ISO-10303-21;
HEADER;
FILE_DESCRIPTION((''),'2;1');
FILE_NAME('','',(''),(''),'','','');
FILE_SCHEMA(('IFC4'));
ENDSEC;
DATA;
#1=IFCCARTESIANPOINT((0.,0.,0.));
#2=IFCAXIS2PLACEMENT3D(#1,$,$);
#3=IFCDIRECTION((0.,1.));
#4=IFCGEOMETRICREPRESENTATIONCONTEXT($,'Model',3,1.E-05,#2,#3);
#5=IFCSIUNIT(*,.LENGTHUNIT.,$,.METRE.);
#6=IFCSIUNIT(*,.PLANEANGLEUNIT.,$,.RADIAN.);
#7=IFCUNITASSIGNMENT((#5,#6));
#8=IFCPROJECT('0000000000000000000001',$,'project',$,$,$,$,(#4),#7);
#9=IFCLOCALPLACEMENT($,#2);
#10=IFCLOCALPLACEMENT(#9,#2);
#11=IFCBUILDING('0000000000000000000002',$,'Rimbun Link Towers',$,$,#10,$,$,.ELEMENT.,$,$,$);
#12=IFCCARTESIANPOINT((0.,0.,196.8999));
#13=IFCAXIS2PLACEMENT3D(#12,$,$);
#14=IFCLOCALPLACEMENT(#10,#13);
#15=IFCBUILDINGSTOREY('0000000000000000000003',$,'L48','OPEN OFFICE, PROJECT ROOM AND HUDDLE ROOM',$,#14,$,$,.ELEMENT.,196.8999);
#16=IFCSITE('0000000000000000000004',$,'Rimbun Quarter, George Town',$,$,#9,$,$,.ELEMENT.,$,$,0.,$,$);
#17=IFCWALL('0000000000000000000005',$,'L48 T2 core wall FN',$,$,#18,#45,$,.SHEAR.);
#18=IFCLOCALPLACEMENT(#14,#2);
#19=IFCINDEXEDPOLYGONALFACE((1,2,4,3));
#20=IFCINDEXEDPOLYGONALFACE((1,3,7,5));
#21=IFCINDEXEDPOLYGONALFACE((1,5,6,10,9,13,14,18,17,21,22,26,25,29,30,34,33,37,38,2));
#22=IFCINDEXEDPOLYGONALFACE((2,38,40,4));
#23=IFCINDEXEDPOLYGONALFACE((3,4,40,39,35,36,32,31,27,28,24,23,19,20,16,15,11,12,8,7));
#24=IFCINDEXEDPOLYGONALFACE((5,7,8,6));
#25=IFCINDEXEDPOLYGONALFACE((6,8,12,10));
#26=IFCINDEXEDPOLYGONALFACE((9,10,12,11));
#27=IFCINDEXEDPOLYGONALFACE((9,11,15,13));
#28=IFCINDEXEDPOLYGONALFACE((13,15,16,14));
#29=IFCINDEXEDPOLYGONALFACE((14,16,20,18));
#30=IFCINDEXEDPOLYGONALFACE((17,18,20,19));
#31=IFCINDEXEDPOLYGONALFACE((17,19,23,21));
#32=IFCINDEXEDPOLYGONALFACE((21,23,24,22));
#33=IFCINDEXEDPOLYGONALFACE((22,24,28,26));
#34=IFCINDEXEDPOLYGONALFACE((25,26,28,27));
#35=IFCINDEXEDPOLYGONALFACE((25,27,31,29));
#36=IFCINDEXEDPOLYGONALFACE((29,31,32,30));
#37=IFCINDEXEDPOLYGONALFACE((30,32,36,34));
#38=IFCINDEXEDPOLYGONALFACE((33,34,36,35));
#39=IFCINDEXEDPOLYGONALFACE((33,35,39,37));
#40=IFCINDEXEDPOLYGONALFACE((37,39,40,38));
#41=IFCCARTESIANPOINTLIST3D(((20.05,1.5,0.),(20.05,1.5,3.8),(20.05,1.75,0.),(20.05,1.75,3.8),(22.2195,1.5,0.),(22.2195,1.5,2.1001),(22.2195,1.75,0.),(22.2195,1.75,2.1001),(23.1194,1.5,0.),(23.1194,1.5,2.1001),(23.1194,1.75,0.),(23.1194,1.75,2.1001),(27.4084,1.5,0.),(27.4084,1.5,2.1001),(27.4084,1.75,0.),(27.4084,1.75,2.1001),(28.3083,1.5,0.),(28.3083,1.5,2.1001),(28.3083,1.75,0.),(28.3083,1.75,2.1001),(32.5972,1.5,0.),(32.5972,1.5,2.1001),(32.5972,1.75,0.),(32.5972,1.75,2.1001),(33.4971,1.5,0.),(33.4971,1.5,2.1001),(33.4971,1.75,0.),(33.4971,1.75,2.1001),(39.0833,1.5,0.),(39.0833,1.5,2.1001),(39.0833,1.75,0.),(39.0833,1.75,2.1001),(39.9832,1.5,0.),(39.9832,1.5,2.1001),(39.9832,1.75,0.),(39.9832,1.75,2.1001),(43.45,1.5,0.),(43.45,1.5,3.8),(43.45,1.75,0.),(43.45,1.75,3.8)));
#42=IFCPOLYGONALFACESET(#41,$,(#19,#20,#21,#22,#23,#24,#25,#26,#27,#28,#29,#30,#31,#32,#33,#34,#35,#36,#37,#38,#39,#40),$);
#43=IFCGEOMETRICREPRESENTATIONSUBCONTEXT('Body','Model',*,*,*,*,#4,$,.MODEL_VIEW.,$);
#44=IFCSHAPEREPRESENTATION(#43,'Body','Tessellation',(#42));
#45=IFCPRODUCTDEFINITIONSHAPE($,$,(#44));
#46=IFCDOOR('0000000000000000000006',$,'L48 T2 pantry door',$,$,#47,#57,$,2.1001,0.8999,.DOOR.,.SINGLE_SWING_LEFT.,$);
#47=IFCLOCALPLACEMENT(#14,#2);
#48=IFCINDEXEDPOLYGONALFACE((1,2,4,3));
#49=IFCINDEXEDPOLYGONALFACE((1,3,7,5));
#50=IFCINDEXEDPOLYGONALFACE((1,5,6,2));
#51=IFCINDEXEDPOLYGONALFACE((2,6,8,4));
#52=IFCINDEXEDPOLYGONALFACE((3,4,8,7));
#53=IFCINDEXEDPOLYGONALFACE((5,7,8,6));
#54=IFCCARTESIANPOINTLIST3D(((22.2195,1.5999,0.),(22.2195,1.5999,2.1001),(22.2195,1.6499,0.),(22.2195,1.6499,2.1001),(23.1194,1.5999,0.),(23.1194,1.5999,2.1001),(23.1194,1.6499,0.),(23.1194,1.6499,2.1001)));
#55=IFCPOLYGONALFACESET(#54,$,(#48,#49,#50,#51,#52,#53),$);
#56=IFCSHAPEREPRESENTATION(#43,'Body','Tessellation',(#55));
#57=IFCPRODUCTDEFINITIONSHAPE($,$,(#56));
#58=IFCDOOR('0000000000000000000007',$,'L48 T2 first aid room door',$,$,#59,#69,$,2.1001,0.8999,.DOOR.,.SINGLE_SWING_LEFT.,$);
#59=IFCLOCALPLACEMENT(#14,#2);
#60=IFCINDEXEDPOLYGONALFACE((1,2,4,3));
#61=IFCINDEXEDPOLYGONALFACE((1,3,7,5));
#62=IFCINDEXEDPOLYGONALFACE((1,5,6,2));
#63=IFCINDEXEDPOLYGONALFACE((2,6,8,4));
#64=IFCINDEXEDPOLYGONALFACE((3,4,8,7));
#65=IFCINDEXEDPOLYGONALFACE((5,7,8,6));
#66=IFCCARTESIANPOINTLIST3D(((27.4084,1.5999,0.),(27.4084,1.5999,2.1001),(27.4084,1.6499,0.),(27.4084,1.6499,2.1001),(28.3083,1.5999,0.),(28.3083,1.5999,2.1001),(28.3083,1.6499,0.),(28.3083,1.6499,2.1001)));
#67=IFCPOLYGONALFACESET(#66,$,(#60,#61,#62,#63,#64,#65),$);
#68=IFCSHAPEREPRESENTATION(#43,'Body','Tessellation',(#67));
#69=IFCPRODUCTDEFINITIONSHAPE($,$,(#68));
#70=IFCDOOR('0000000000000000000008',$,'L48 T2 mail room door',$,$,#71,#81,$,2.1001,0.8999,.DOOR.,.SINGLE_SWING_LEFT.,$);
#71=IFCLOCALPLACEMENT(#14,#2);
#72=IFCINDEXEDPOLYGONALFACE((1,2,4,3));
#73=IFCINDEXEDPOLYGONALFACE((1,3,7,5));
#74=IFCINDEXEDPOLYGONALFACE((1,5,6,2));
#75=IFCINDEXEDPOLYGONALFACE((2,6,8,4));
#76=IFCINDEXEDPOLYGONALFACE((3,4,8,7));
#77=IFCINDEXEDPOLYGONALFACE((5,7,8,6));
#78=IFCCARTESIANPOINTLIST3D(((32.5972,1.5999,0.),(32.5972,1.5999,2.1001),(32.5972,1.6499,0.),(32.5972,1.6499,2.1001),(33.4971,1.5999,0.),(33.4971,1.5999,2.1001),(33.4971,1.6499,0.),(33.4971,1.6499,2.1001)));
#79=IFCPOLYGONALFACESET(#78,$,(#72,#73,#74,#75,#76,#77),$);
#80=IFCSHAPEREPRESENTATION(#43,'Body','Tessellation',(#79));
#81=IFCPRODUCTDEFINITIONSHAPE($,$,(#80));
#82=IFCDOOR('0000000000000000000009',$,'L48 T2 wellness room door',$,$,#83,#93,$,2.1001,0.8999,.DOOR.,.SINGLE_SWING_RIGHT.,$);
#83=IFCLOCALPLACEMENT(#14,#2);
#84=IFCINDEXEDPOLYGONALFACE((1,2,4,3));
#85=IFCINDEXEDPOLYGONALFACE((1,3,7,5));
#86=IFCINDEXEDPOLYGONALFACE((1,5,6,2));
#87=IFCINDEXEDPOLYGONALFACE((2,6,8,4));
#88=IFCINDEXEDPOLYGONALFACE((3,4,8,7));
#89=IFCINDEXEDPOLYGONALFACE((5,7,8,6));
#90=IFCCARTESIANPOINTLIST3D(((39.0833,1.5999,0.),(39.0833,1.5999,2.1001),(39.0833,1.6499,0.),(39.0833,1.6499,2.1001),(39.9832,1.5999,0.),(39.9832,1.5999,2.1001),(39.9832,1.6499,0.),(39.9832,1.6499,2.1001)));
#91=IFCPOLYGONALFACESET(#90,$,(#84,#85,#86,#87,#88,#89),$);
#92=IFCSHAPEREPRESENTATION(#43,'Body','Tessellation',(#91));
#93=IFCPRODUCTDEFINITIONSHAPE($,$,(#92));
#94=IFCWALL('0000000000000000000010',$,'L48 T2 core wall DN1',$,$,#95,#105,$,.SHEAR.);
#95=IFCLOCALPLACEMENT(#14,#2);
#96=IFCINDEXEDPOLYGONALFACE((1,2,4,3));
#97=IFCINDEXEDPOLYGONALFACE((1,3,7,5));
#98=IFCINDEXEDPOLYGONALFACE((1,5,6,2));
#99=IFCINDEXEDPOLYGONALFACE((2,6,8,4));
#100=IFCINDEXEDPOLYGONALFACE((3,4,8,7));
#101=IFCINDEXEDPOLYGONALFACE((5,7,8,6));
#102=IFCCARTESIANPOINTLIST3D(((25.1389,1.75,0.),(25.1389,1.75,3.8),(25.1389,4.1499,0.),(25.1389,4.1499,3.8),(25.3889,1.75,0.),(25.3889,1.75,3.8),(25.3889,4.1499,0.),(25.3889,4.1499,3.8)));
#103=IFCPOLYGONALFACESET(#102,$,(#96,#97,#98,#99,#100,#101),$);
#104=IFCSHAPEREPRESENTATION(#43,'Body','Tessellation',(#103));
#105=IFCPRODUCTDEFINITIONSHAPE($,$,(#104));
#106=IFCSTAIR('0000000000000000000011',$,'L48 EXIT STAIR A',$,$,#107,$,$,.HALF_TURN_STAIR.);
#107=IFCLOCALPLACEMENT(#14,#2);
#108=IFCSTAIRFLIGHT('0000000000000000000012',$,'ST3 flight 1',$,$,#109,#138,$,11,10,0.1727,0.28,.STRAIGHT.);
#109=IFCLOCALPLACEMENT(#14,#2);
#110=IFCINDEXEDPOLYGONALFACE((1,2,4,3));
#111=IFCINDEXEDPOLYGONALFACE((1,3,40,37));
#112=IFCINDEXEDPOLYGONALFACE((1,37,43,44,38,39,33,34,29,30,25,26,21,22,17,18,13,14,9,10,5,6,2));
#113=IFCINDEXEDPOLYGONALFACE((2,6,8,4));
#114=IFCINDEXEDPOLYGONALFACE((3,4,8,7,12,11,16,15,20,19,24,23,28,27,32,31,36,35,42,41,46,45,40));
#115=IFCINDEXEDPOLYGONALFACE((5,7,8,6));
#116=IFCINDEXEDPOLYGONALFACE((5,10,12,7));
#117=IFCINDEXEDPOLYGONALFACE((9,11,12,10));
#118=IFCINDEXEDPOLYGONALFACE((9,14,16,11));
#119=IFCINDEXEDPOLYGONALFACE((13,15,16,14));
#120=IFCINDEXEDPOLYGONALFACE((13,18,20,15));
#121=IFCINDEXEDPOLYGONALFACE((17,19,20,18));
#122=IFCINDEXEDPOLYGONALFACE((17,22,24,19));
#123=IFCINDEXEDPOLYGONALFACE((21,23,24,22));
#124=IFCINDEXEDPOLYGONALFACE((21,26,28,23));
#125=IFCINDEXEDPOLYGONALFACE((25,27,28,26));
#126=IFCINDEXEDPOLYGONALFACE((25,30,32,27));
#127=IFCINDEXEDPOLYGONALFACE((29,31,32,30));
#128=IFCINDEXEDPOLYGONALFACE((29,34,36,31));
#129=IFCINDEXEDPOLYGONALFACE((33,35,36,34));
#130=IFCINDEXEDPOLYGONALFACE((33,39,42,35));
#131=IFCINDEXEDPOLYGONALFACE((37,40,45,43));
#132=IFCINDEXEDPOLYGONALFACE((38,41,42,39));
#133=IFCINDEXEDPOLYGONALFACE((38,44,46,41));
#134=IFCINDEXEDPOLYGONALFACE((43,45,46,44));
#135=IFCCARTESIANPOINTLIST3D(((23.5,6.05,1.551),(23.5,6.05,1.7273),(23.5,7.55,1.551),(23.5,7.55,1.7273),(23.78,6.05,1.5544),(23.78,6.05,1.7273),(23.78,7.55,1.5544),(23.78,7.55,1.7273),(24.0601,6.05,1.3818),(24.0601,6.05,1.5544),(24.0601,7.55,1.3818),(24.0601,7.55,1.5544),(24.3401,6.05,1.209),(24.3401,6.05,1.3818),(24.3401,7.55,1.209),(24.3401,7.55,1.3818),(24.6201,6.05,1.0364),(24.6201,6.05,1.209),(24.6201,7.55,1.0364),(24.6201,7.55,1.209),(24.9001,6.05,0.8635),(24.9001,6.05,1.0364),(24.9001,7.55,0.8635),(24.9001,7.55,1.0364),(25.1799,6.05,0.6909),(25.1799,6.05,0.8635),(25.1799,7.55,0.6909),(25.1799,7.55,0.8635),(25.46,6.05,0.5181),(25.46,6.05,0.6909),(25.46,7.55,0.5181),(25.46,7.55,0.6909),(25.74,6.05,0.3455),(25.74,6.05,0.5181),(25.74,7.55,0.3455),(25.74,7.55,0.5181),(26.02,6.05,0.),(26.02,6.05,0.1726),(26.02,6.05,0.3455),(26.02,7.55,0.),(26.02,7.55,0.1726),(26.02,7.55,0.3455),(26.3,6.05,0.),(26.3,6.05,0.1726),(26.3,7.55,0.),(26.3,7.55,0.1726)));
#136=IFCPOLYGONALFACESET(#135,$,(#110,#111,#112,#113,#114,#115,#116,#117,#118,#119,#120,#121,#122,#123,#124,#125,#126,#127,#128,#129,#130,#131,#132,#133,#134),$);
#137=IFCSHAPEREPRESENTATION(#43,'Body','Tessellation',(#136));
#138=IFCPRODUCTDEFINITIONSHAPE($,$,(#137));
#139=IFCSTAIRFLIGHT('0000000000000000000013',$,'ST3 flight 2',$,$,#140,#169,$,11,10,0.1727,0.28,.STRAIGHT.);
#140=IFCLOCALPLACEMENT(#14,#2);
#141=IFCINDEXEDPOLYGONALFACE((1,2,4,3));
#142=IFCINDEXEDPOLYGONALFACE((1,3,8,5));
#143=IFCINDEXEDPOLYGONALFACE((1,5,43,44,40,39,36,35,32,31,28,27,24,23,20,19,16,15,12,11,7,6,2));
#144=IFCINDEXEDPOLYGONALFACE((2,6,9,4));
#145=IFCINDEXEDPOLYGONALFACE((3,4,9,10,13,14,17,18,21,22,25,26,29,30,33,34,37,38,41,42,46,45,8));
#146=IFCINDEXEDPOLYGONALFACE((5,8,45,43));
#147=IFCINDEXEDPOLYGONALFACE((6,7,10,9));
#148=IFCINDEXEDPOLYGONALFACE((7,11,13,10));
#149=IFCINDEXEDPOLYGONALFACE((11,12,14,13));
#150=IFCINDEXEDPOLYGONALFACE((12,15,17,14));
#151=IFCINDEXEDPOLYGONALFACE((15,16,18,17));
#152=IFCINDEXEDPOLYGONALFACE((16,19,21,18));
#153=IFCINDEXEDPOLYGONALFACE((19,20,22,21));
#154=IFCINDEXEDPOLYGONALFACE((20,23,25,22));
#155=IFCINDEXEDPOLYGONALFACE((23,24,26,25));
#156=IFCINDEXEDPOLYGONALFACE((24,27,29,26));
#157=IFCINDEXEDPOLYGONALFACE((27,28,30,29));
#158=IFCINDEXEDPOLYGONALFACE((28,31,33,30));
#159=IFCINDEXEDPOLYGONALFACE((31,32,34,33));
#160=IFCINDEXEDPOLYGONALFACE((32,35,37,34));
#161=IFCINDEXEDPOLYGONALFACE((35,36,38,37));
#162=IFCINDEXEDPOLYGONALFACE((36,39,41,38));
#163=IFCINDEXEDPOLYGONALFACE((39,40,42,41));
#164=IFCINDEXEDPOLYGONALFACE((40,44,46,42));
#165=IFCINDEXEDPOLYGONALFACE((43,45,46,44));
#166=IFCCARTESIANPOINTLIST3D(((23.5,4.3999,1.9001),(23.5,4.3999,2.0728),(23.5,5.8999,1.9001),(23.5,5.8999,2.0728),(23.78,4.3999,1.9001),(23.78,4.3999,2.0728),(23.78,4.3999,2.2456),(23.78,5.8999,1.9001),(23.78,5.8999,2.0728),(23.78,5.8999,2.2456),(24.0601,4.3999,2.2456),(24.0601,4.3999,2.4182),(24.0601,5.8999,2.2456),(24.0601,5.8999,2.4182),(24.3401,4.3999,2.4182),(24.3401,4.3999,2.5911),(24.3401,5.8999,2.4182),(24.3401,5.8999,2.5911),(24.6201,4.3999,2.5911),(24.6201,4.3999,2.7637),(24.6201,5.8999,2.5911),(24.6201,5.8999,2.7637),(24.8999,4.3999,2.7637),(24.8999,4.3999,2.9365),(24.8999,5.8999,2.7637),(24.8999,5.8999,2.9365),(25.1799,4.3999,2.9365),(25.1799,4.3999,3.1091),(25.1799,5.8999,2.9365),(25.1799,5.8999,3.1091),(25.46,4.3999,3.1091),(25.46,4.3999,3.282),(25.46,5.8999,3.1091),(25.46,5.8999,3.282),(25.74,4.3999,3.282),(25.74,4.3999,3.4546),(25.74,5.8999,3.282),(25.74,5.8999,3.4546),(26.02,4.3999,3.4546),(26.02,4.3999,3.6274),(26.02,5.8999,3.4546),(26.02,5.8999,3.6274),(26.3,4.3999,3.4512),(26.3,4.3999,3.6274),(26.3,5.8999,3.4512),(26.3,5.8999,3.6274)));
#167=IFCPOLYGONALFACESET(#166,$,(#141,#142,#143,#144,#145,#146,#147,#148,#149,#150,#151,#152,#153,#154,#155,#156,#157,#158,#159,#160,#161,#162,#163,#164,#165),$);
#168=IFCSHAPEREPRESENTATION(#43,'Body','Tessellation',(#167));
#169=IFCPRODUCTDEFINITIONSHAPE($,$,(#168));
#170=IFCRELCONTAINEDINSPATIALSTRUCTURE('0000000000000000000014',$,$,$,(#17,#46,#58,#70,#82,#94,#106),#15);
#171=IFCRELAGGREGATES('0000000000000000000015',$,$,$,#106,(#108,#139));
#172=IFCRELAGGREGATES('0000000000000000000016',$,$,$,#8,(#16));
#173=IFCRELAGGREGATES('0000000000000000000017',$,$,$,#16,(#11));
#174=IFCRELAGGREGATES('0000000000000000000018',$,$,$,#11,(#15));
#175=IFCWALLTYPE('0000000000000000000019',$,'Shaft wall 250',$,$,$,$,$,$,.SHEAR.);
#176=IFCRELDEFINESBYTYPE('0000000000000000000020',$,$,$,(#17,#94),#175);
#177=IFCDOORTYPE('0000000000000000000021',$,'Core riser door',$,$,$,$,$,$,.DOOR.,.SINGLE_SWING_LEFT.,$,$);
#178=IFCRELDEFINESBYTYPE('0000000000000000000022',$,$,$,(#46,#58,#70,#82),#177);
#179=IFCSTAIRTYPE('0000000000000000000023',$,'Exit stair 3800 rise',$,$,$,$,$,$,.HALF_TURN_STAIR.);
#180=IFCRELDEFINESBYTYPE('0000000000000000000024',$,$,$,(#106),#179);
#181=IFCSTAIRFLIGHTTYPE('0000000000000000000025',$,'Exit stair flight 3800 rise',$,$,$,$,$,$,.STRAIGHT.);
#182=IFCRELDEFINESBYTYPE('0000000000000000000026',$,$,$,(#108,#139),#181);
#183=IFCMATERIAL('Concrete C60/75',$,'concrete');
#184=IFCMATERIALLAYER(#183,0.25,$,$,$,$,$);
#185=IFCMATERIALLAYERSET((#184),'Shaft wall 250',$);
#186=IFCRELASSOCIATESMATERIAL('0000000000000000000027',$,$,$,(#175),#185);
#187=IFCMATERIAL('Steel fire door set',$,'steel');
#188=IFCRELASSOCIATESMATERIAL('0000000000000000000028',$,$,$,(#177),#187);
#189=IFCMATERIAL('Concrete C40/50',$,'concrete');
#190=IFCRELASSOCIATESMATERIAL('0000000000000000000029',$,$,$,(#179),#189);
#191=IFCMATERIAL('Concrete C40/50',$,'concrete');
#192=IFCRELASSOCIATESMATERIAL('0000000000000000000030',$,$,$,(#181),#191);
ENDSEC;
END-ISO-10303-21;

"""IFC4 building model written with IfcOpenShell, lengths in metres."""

from ifc_helpers import new_model, si_unit, direction, frame, frame_2d, origin, place, context, subcontext, project, spatial, polyline, rectangle, outline, extrude, material, layer, layer_set, type_object, element, fill, aggregate, save


model = new_model("IFC4")

# Units and contexts
model_context = context("Model", 3, precision=1e-05, world=origin(), true_north=direction((0.0, 1.0)))
body_context = subcontext(model_context, "Body", "Model", "MODEL_VIEW")
ifc_project = project(units=[si_unit("LENGTHUNIT", "METRE"), si_unit("PLANEANGLEUNIT", "RADIAN")], contexts=[model_context])

# Site, building, storey
site_placement = place(None, origin())
site = spatial("IfcSite", under=ifc_project, at=site_placement, Name="Rimbun Quarter, George Town", CompositionType="ELEMENT", RefElevation=0.0)
building_placement = place(site_placement, origin())
building = spatial("IfcBuilding", under=site, at=building_placement, Name="Rimbun Link Towers", CompositionType="ELEMENT")
storey_placement = place(building_placement, frame((0.0, 0.0, 196.8999)))
storey = spatial("IfcBuildingStorey", under=building, at=storey_placement, Name="L48", Description="OPEN OFFICE, PROJECT ROOM AND HUDDLE ROOM", CompositionType="ELEMENT", Elevation=196.8999)

# Shared definitions
ifc_material_1 = material(Name="Concrete C60/75", Category="concrete")
ifc_layer_1 = layer(ifc_material_1, 0.25)
ifc_layer_set_1 = layer_set([ifc_layer_1], Name="Shaft wall 250")
wall_type_1 = type_object("IfcWallType", Name="Shaft wall 250", PredefinedType="SHEAR", material=ifc_layer_set_1)

# Wall, openings, doors
wall_1_placement = place(storey_placement, frame((20.05, 1.625, 0.0), z_axis=(0.0, 0.0, 1.0), x_axis=(1.0, 0.0, 0.0)))
wall_1 = element("IfcWall", 1, at=wall_1_placement, inside=storey, type_object=wall_type_1, Name="L48 T2 core wall FN", PredefinedType="SHEAR", context=body_context, shape_type="SweptSolid", body=[
    extrude(rectangle(XDim=23.3999, YDim=0.25, at=frame_2d((11.7, 0.0))), origin(), (0.0, 0.0, 1.0), 3.8),
])
opening_1_placement = place(wall_1_placement, frame((2.1694, 0.0, 0.0)))
opening_1 = element("IfcOpeningElement", 2, at=opening_1_placement, cuts=wall_1, PredefinedType="OPENING", context=body_context, shape_type="SweptSolid", body=[
    extrude(rectangle(XDim=0.8999, YDim=2.1001, at=frame_2d((0.45, 1.05))), frame((0.0, 0.135, 0.0), z_axis=(0.0, -1.0, 0.0), x_axis=(1.0, 0.0, 0.0)), (0.0, 0.0, 1.0), 0.27),
])
opening_2_placement = place(wall_1_placement, frame((7.3584, 0.0, 0.0)))
opening_2 = element("IfcOpeningElement", 3, at=opening_2_placement, cuts=wall_1, PredefinedType="OPENING", context=body_context, shape_type="SweptSolid", body=[
    extrude(rectangle(XDim=0.8999, YDim=2.1001, at=frame_2d((0.45, 1.05))), frame((0.0, 0.135, 0.0), z_axis=(0.0, -1.0, 0.0), x_axis=(1.0, 0.0, 0.0)), (0.0, 0.0, 1.0), 0.27),
])
opening_3_placement = place(wall_1_placement, frame((12.5471, 0.0, 0.0)))
opening_3 = element("IfcOpeningElement", 4, at=opening_3_placement, cuts=wall_1, PredefinedType="OPENING", context=body_context, shape_type="SweptSolid", body=[
    extrude(rectangle(XDim=0.8999, YDim=2.1001, at=frame_2d((0.45, 1.05))), frame((0.0, 0.135, 0.0), z_axis=(0.0, -1.0, 0.0), x_axis=(1.0, 0.0, 0.0)), (0.0, 0.0, 1.0), 0.27),
])
opening_4_placement = place(wall_1_placement, frame((19.0332, 0.0, 0.0)))
opening_4 = element("IfcOpeningElement", 5, at=opening_4_placement, cuts=wall_1, PredefinedType="OPENING", context=body_context, shape_type="SweptSolid", body=[
    extrude(rectangle(XDim=0.8999, YDim=2.1001, at=frame_2d((0.45, 1.05))), frame((0.0, 0.135, 0.0), z_axis=(0.0, -1.0, 0.0), x_axis=(1.0, 0.0, 0.0)), (0.0, 0.0, 1.0), 0.27),
])
ifc_material_2 = material(Name="Steel fire door set", Category="steel")
door_type_1 = type_object("IfcDoorType", Name="Core riser door", OperationType="SINGLE_SWING_LEFT", PredefinedType="DOOR", material=ifc_material_2)
door_1_placement = place(opening_1_placement, origin())
door_1 = element("IfcDoor", 6, at=door_1_placement, inside=storey, type_object=door_type_1, Name="L48 T2 pantry door", OperationType="SINGLE_SWING_LEFT", OverallHeight=2.1001, OverallWidth=0.8999, PredefinedType="DOOR", context=body_context, shape_type="SweptSolid", body=[
    extrude(rectangle(XDim=0.8999, YDim=2.1001, at=frame_2d((0.45, 1.05))), frame((0.0, 0.0249, 0.0), z_axis=(0.0, -1.0, 0.0), x_axis=(1.0, 0.0, 0.0)), (0.0, 0.0, 1.0), 0.05),
])
fill(opening_1, door_1)
door_2_placement = place(opening_2_placement, origin())
door_2 = element("IfcDoor", 7, at=door_2_placement, inside=storey, type_object=door_type_1, Name="L48 T2 first aid room door", OperationType="SINGLE_SWING_LEFT", OverallHeight=2.1001, OverallWidth=0.8999, PredefinedType="DOOR", context=body_context, shape_type="SweptSolid", body=[
    extrude(rectangle(XDim=0.8999, YDim=2.1001, at=frame_2d((0.45, 1.05))), frame((0.0, 0.0249, 0.0), z_axis=(0.0, -1.0, 0.0), x_axis=(1.0, 0.0, 0.0)), (0.0, 0.0, 1.0), 0.05),
])
fill(opening_2, door_2)
door_3_placement = place(opening_3_placement, origin())
door_3 = element("IfcDoor", 8, at=door_3_placement, inside=storey, type_object=door_type_1, Name="L48 T2 mail room door", OperationType="SINGLE_SWING_LEFT", OverallHeight=2.1001, OverallWidth=0.8999, PredefinedType="DOOR", context=body_context, shape_type="SweptSolid", body=[
    extrude(rectangle(XDim=0.8999, YDim=2.1001, at=frame_2d((0.45, 1.05))), frame((0.0, 0.0249, 0.0), z_axis=(0.0, -1.0, 0.0), x_axis=(1.0, 0.0, 0.0)), (0.0, 0.0, 1.0), 0.05),
])
fill(opening_3, door_3)
door_4_placement = place(opening_4_placement, origin())
door_4 = element("IfcDoor", 9, at=door_4_placement, inside=storey, type_object=door_type_1, Name="L48 T2 wellness room door", OperationType="SINGLE_SWING_RIGHT", OverallHeight=2.1001, OverallWidth=0.8999, PredefinedType="DOOR", context=body_context, shape_type="SweptSolid", body=[
    extrude(rectangle(XDim=0.8999, YDim=2.1001, at=frame_2d((0.45, 1.05))), frame((0.0, 0.0249, 0.0), z_axis=(0.0, -1.0, 0.0), x_axis=(1.0, 0.0, 0.0)), (0.0, 0.0, 1.0), 0.05),
])
fill(opening_4, door_4)

# Wall
wall_2_placement = place(storey_placement, frame((25.2639, 1.75, 0.0), z_axis=(0.0, 0.0, 1.0), x_axis=(0.0, 1.0, 0.0)))
element("IfcWall", 10, at=wall_2_placement, inside=storey, type_object=wall_type_1, Name="L48 T2 core wall DN1", PredefinedType="SHEAR", context=body_context, shape_type="SweptSolid", body=[
    extrude(rectangle(XDim=2.3999, YDim=0.25, at=frame_2d((1.2, 0.0))), origin(), (0.0, 0.0, 1.0), 3.8),
])

# Stair, stair flights
ifc_material_3 = material(Name="Concrete C40/50", Category="concrete")
stair_type = type_object("IfcStairType", Name="Exit stair 3800 rise", PredefinedType="HALF_TURN_STAIR", material=ifc_material_3)
stair_placement = place(storey_placement, origin())
stair = element("IfcStair", 11, at=stair_placement, inside=storey, type_object=stair_type, Name="L48 EXIT STAIR A", PredefinedType="HALF_TURN_STAIR")
ifc_material_4 = material(Name="Concrete C40/50", Category="concrete")
stair_flight_type = type_object("IfcStairFlightType", Name="Exit stair flight 3800 rise", PredefinedType="STRAIGHT", material=ifc_material_4)
stair_flight_1_placement = place(storey_placement, frame((26.3, 6.8, 0.0), z_axis=(0.0, 0.0, 1.0), x_axis=(-1.0, 0.0, 0.0)))
stair_flight_1 = element("IfcStairFlight", 12, at=stair_flight_1_placement, type_object=stair_flight_type, Name="ST3 flight 1", NumberOfRisers=11, NumberOfTreads=10, PredefinedType="STRAIGHT", RiserHeight=0.1727, TreadLength=0.28, context=body_context, shape_type="SweptSolid", body=[
    extrude(outline(polyline([(0.0, 0.0), (0.0, 0.1726), (0.28, 0.1726), (0.28, 0.3455), (0.5601, 0.3455), (0.5601, 0.5181), (0.8401, 0.5181), (0.8401, 0.6909), (1.1201, 0.6909), (1.1201, 0.8635), (1.3999, 0.8635), (1.3999, 1.0364), (1.6799, 1.0364), (1.6799, 1.209), (1.96, 1.209), (1.96, 1.3818), (2.24, 1.3818), (2.24, 1.5544), (2.52, 1.5544), (2.52, 1.7273), (2.8, 1.7273), (2.8, 1.8999), (2.8, 1.551), (0.28, 0.0), (0.0, 0.0)])), frame((0.0, 0.75, 0.0), z_axis=(0.0, -1.0, 0.0), x_axis=(1.0, 0.0, 0.0)), (0.0, 0.0, 1.0), 1.5),
])
stair_flight_2_placement = place(storey_placement, frame((23.5, 5.1499, 1.9001), z_axis=(0.0, 0.0, 1.0), x_axis=(1.0, 0.0, 0.0)))
stair_flight_2 = element("IfcStairFlight", 13, at=stair_flight_2_placement, type_object=stair_flight_type, Name="ST3 flight 2", NumberOfRisers=11, NumberOfTreads=10, PredefinedType="STRAIGHT", RiserHeight=0.1727, TreadLength=0.28, context=body_context, shape_type="SweptSolid", body=[
    extrude(outline(polyline([(0.0, 0.0), (0.0, 0.1726), (0.28, 0.1726), (0.28, 0.3455), (0.5601, 0.3455), (0.5601, 0.5181), (0.8401, 0.5181), (0.8401, 0.6909), (1.1201, 0.6909), (1.1201, 0.8635), (1.3999, 0.8635), (1.3999, 1.0364), (1.6799, 1.0364), (1.6799, 1.209), (1.96, 1.209), (1.96, 1.3818), (2.24, 1.3818), (2.24, 1.5544), (2.52, 1.5544), (2.52, 1.7273), (2.8, 1.7273), (2.8, 1.8999), (2.8, 1.551), (0.28, 0.0), (0.0, 0.0)])), frame((0.0, 0.75, 0.0), z_axis=(0.0, -1.0, 0.0), x_axis=(1.0, 0.0, 0.0)), (0.0, 0.0, 1.0), 1.5),
])
aggregate(stair, [stair_flight_1, stair_flight_2])

save(model, "model.ifc")
